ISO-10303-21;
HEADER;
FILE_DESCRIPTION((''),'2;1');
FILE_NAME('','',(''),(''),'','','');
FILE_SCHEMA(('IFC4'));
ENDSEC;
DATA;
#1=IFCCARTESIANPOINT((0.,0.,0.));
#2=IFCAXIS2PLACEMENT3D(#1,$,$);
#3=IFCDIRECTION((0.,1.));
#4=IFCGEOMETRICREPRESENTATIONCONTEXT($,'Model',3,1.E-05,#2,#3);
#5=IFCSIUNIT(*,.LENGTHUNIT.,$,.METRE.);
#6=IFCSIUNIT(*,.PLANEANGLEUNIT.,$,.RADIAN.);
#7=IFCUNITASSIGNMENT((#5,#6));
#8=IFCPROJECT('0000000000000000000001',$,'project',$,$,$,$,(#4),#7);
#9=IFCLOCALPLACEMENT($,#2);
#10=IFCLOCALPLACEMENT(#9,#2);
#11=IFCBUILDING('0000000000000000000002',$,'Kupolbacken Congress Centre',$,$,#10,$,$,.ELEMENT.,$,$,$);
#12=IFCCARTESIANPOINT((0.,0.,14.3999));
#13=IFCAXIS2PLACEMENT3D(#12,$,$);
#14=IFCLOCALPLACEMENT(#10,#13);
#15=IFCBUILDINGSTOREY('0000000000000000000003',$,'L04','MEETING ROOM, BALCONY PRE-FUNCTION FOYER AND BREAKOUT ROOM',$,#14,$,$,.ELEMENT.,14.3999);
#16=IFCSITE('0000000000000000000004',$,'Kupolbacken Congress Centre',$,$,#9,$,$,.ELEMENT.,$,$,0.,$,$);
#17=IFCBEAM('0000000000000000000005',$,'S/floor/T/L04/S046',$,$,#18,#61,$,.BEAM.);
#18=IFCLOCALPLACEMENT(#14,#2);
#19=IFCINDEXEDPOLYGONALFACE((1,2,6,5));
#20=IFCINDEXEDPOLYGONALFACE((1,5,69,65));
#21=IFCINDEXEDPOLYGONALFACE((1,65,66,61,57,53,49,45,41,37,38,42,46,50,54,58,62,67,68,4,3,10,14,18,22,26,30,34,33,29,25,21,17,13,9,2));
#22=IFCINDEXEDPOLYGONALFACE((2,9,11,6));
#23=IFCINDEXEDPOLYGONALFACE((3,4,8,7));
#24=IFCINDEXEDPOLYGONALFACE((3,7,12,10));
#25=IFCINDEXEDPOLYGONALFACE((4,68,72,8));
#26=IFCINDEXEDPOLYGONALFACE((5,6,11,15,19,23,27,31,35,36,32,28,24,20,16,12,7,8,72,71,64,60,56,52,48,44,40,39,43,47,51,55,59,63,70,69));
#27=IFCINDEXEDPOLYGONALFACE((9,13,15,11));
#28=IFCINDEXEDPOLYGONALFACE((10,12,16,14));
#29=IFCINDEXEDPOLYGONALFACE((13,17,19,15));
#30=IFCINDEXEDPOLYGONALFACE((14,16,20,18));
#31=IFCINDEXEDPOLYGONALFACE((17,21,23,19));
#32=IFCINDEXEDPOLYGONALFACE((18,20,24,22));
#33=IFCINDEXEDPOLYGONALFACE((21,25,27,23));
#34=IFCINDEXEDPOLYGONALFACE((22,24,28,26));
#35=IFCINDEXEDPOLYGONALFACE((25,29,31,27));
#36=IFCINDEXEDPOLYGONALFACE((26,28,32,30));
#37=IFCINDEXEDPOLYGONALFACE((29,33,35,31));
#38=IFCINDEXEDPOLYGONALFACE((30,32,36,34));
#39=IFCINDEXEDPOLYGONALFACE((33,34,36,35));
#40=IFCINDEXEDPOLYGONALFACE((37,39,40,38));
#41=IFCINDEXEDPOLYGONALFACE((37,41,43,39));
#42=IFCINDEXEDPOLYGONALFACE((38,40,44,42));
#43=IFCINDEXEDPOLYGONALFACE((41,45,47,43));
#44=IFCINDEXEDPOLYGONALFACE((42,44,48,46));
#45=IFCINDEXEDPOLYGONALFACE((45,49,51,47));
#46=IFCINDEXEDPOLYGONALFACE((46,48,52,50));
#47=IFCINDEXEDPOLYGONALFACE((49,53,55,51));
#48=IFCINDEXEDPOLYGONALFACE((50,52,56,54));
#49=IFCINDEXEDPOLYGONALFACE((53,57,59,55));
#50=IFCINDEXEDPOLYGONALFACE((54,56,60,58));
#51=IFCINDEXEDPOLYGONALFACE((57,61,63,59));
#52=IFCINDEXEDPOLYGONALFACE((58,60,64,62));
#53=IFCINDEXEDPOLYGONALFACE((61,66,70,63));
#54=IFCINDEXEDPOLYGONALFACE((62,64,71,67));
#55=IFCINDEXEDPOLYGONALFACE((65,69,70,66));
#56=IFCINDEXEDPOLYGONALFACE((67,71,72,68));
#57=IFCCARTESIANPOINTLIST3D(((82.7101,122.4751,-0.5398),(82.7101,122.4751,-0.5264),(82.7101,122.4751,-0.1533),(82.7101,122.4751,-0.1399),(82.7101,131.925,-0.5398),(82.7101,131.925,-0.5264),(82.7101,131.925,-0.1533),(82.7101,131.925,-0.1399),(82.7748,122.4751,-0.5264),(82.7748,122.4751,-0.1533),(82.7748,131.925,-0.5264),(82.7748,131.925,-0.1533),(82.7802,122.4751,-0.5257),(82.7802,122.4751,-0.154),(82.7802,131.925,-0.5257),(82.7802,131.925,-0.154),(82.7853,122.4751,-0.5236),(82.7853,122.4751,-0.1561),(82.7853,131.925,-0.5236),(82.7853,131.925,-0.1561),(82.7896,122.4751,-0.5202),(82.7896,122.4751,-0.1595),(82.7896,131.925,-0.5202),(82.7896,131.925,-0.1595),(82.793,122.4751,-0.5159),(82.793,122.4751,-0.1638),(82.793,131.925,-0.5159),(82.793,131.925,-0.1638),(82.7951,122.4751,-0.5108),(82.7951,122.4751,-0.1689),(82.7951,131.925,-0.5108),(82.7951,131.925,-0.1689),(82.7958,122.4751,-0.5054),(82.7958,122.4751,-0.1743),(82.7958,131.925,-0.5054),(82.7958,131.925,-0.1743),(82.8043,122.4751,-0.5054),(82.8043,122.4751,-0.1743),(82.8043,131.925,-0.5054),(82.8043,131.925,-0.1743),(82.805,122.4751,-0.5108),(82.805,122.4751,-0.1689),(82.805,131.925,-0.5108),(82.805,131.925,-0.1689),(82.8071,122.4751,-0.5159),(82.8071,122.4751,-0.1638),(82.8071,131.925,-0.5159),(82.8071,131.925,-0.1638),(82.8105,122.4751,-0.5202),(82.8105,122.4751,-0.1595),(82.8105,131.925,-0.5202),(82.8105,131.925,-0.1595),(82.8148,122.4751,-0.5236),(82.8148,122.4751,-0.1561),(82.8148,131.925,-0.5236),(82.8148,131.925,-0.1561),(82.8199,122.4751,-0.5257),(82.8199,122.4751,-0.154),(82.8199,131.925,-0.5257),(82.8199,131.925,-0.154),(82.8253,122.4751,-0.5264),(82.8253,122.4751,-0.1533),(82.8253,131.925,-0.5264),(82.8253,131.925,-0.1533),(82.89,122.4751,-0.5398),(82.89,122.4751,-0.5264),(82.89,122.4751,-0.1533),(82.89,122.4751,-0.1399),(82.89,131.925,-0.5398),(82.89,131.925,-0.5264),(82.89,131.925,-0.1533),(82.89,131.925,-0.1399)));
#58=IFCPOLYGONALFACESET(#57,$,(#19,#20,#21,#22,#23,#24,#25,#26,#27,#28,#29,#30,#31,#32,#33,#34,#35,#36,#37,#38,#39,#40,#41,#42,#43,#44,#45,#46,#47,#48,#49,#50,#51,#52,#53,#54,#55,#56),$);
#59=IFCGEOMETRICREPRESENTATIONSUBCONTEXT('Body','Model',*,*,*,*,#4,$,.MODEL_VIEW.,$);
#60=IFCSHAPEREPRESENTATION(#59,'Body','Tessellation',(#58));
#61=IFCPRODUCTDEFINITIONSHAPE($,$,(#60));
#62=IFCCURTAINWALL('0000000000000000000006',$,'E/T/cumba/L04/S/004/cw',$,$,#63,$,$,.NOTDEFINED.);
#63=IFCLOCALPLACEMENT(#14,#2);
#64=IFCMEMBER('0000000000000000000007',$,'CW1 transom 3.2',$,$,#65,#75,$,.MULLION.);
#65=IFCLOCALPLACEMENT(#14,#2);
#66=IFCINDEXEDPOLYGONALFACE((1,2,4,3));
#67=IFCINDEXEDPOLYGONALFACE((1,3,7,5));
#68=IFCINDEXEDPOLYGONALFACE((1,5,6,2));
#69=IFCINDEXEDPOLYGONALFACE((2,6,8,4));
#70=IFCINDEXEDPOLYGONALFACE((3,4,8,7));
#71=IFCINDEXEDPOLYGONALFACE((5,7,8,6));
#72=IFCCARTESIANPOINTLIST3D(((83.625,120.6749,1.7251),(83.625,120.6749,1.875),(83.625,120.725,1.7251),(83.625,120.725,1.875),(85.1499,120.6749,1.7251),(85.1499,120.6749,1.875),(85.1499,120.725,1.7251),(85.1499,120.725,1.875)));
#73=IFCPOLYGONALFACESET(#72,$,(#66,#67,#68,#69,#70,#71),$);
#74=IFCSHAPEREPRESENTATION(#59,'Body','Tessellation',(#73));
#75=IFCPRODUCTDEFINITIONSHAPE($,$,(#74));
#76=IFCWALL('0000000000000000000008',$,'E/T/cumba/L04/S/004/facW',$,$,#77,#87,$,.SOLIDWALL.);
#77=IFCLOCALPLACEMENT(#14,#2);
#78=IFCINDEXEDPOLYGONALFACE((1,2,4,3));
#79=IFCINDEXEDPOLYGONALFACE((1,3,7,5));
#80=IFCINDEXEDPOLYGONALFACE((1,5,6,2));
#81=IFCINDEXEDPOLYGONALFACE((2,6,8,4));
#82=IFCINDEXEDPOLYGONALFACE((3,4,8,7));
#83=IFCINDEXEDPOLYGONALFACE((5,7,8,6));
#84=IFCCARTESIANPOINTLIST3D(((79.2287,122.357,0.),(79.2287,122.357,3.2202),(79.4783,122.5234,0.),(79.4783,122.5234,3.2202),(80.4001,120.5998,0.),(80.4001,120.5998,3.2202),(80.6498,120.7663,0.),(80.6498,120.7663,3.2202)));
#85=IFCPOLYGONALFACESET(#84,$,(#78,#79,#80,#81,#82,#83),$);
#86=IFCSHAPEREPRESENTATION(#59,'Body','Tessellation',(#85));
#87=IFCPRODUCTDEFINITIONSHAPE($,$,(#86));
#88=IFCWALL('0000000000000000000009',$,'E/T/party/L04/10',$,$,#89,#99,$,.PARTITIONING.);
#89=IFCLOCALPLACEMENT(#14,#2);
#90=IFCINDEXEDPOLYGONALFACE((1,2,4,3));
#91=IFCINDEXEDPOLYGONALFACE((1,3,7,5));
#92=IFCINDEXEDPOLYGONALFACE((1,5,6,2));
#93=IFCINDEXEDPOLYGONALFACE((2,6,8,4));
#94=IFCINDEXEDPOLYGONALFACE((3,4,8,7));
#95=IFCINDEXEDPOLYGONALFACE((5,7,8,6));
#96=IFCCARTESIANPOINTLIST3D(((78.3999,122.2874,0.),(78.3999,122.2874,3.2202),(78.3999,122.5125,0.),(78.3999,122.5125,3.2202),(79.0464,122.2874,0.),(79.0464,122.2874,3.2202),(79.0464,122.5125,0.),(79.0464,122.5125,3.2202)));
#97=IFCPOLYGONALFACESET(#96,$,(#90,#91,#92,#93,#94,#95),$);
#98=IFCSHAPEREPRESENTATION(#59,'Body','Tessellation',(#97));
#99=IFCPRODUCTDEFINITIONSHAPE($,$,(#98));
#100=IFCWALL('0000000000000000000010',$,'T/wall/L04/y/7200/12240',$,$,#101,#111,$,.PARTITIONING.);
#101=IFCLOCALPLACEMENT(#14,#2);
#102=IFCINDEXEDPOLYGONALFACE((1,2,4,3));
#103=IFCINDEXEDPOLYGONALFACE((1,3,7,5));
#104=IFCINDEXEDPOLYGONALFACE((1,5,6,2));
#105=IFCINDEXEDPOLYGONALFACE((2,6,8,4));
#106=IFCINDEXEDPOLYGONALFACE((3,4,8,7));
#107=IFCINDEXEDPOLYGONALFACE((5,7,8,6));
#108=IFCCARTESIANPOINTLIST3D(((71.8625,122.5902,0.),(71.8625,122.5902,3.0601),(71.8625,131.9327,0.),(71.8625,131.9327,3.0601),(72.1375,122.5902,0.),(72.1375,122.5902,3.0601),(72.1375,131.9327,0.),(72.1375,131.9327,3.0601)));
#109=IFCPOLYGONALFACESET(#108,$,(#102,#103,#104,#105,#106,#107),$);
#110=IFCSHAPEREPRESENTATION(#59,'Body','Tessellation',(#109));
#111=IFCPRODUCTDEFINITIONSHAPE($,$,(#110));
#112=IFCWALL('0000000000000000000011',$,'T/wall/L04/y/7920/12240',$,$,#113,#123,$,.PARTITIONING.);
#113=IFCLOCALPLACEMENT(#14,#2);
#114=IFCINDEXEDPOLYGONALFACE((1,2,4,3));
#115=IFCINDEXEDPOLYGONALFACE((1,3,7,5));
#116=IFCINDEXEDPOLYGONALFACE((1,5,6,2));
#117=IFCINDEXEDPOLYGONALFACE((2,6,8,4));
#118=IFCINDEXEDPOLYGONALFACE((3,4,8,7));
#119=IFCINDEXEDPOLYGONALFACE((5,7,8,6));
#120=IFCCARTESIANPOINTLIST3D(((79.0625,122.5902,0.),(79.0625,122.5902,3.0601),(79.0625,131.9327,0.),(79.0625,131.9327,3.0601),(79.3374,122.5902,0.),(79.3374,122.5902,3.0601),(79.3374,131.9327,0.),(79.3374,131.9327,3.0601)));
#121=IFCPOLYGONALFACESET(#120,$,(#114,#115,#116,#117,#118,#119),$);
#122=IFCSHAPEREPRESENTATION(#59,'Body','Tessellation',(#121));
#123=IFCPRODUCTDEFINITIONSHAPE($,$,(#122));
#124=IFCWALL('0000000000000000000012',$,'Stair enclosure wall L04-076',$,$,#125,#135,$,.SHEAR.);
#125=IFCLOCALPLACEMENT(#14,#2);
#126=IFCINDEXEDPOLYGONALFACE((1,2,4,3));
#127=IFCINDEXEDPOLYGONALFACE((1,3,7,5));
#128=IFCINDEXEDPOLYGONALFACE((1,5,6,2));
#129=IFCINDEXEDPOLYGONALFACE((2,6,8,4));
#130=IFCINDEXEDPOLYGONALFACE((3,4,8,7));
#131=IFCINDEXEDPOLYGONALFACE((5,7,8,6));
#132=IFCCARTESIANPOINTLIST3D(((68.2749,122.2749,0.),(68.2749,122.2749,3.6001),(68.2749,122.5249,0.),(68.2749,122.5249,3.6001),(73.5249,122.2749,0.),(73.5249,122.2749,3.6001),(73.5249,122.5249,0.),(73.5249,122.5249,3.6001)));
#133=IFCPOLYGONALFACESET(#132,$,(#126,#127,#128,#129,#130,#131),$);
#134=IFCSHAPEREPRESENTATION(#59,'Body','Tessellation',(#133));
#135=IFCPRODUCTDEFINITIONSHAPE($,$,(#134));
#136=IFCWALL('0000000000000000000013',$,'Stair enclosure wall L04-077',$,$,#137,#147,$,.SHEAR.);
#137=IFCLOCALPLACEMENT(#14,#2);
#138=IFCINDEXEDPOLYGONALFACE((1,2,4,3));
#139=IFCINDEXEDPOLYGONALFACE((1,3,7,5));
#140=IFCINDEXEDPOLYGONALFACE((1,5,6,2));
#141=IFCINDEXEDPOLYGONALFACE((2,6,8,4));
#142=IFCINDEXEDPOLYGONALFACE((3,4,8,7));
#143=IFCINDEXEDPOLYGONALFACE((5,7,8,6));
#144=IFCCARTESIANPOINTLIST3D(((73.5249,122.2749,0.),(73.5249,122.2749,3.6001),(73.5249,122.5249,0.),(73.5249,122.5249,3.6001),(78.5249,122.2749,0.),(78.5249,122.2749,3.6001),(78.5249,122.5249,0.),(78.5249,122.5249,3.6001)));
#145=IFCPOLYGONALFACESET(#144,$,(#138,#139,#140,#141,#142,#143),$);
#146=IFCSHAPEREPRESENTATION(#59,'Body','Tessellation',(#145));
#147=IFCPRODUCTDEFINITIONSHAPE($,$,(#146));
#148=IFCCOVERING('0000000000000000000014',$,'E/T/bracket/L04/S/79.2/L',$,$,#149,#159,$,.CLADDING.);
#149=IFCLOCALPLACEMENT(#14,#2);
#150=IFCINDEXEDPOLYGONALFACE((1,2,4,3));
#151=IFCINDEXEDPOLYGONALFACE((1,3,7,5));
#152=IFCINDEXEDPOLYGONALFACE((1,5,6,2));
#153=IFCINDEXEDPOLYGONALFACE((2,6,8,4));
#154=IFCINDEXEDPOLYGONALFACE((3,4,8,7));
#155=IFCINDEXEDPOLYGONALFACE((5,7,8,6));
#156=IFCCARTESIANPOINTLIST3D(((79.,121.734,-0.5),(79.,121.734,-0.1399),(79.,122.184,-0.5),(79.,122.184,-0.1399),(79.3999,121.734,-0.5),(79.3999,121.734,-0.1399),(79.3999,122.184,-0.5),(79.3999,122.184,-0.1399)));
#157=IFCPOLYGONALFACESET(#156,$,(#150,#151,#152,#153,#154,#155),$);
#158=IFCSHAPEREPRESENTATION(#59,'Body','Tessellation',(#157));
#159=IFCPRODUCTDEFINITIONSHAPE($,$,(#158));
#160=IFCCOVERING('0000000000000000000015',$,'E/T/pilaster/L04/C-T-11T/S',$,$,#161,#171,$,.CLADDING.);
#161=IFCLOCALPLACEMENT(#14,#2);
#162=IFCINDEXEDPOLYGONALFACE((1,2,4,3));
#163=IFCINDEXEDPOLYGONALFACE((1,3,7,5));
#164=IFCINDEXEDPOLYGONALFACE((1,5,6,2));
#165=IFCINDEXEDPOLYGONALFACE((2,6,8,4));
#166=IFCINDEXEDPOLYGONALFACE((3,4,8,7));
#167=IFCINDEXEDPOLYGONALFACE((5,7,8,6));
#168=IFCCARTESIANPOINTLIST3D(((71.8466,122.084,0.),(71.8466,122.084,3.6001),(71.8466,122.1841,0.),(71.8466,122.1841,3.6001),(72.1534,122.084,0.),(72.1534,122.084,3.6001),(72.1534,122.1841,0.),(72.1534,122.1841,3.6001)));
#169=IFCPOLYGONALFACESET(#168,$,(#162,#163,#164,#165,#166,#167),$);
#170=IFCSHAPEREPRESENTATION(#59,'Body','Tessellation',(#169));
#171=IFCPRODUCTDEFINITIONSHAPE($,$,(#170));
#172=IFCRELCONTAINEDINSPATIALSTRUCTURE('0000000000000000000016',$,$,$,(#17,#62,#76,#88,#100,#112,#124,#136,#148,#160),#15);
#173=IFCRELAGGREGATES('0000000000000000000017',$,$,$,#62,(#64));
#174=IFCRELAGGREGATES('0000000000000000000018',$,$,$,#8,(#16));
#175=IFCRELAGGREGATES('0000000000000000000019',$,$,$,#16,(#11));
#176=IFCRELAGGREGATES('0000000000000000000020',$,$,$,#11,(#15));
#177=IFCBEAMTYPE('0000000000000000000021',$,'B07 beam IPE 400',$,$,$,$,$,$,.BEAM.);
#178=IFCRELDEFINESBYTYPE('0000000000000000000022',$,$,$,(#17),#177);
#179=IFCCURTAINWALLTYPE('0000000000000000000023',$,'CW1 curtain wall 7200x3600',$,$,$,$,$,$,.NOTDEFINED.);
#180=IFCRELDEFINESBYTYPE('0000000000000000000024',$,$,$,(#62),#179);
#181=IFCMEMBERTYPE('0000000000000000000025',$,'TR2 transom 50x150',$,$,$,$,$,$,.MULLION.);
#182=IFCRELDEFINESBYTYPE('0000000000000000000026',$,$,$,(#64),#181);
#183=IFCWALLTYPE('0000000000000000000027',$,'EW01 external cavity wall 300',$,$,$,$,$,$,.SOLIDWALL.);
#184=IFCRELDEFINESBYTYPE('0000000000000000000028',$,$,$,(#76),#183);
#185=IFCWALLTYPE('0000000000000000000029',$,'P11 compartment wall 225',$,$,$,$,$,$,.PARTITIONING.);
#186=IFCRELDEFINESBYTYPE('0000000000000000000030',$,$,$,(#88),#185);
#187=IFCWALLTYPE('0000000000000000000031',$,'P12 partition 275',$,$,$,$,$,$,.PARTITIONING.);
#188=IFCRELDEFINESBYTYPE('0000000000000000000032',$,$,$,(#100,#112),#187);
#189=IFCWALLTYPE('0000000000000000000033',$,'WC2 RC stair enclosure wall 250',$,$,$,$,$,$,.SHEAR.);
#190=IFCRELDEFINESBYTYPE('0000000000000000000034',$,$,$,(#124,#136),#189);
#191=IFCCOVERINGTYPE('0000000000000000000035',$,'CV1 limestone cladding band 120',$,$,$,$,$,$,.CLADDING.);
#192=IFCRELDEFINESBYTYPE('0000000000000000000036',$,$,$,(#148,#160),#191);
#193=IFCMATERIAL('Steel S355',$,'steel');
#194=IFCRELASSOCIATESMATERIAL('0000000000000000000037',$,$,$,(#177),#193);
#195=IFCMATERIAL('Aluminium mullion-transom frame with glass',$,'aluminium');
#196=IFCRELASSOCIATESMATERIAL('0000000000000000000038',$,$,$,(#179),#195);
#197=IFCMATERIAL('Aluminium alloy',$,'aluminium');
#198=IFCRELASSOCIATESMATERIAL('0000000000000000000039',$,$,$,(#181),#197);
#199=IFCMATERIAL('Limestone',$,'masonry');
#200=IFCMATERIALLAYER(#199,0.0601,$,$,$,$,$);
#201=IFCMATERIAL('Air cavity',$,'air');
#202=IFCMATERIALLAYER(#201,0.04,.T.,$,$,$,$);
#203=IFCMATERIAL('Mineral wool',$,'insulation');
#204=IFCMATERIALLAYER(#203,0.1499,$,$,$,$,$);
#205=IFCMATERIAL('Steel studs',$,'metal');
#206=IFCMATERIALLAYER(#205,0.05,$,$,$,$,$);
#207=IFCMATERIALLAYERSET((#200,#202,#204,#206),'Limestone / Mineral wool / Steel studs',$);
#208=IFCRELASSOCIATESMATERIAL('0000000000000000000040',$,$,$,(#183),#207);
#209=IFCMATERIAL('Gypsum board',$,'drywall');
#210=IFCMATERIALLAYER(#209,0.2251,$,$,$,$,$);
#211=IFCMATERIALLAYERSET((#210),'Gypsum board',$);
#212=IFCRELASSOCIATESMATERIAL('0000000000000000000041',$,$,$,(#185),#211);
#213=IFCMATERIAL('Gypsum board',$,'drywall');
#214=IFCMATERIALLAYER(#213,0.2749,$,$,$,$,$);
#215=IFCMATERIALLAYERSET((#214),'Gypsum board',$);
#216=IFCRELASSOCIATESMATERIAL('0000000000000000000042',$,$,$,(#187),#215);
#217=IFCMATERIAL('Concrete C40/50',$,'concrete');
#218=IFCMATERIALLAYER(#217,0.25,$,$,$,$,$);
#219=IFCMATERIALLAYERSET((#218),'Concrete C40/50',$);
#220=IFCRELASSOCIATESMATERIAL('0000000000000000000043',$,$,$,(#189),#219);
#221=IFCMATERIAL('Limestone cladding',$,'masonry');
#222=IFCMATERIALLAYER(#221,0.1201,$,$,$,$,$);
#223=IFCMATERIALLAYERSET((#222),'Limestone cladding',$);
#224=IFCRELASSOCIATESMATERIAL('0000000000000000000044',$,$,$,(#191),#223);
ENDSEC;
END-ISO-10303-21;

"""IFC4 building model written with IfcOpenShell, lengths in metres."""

from ifc_helpers import new_model, si_unit, direction, frame, frame_2d, origin, origin_2d, place, context, subcontext, project, spatial, rectangle, i_section, extrude, material, layer, layer_set, material_profile, profile_set, type_object, element, aggregate, save


model = new_model("IFC4")

# Units and contexts
model_context = context("Model", 3, precision=1e-05, world=origin(), true_north=direction((0.0, 1.0)))
body_context = subcontext(model_context, "Body", "Model", "MODEL_VIEW")
ifc_project = project(units=[si_unit("LENGTHUNIT", "METRE"), si_unit("PLANEANGLEUNIT", "RADIAN")], contexts=[model_context])

# Site, building, storey
site_placement = place(None, origin())
site = spatial("IfcSite", under=ifc_project, at=site_placement, Name="Kupolbacken Congress Centre", CompositionType="ELEMENT", RefElevation=0.0)
building_placement = place(site_placement, origin())
building = spatial("IfcBuilding", under=site, at=building_placement, Name="Kupolbacken Congress Centre", CompositionType="ELEMENT")
storey_placement = place(building_placement, frame((0.0, 0.0, 14.3999)))
storey = spatial("IfcBuildingStorey", under=building, at=storey_placement, Name="L04", Description="MEETING ROOM, BALCONY PRE-FUNCTION FOYER AND BREAKOUT ROOM", CompositionType="ELEMENT", Elevation=14.3999)

# Beam
ifc_material_1 = material(Name="Steel S355", Category="steel")
ifc_material_profile_1 = material_profile(ifc_material_1, i_section(OverallWidth=0.1799, OverallDepth=0.3999, WebThickness=0.0085, FlangeThickness=0.0134, FilletRadius=0.021, at=origin_2d()), Name="IPE 400")
ifc_profile_set_1 = profile_set([ifc_material_profile_1], Name="Steel S355")
beam_type_1 = type_object("IfcBeamType", Name="B07 beam IPE 400", PredefinedType="BEAM", material=ifc_profile_set_1)
beam_1_placement = place(storey_placement, frame((82.8, 122.4751, -0.3398), z_axis=(0.0, 1.0, 0.0), x_axis=(-1.0, 0.0, 0.0)))
element("IfcBeam", 1, at=beam_1_placement, inside=storey, type_object=beam_type_1, Name="S/floor/T/L04/S046", PredefinedType="BEAM", context=body_context, shape_type="SweptSolid", body=[
    extrude(i_section(OverallWidth=0.1799, OverallDepth=0.3999, WebThickness=0.0085, FlangeThickness=0.0134, FilletRadius=0.021, at=origin_2d()), origin(), (0.0, 0.0, 1.0), 9.45),
])

# Curtain wall, member
ifc_material_2 = material(Name="Aluminium mullion-transom frame with glass", Category="aluminium")
curtain_wall_type = type_object("IfcCurtainWallType", Name="CW1 curtain wall 7200x3600", PredefinedType="NOTDEFINED", material=ifc_material_2)
curtain_wall_placement = place(storey_placement, origin())
curtain_wall = element("IfcCurtainWall", 2, at=curtain_wall_placement, inside=storey, type_object=curtain_wall_type, Name="E/T/cumba/L04/S/004/cw", PredefinedType="NOTDEFINED")
ifc_material_3 = material(Name="Aluminium alloy", Category="aluminium")
ifc_material_profile_2 = material_profile(ifc_material_3, rectangle(XDim=0.05, YDim=0.1499, at=origin_2d()), Name="50 x 150")
ifc_profile_set_2 = profile_set([ifc_material_profile_2], Name="Aluminium alloy")
member_type = type_object("IfcMemberType", Name="TR2 transom 50x150", PredefinedType="MULLION", material=ifc_profile_set_2)
member_placement = place(storey_placement, frame((83.625, 120.7, 1.8), z_axis=(1.0, 0.0, 0.0), x_axis=(0.0, 1.0, 0.0)))
member = element("IfcMember", 3, at=member_placement, type_object=member_type, Name="CW1 transom 3.2", PredefinedType="MULLION", context=body_context, shape_type="SweptSolid", body=[
    extrude(rectangle(XDim=0.05, YDim=0.1499, at=origin_2d()), origin(), (0.0, 0.0, 1.0), 1.5249),
])
aggregate(curtain_wall, [member])

# Walls
ifc_material_4 = material(Name="Limestone", Category="masonry")
ifc_layer_1 = layer(ifc_material_4, 0.0601)
ifc_material_5 = material(Name="Air cavity", Category="air")
ifc_layer_2 = layer(ifc_material_5, 0.04, ventilated=True)
ifc_material_6 = material(Name="Mineral wool", Category="insulation")
ifc_layer_3 = layer(ifc_material_6, 0.1499)
ifc_material_7 = material(Name="Steel studs", Category="metal")
ifc_layer_4 = layer(ifc_material_7, 0.05)
ifc_layer_set_1 = layer_set([ifc_layer_1, ifc_layer_2, ifc_layer_3, ifc_layer_4], Name="Limestone / Mineral wool / Steel studs")
wall_type_1 = type_object("IfcWallType", Name="EW01 external cavity wall 300", PredefinedType="SOLIDWALL", material=ifc_layer_set_1)
wall_1_placement = place(storey_placement, frame((79.3535, 122.4402, 0.0), z_axis=(0.0, 0.0, 1.0), x_axis=(0.5547, -0.83205, 0.0)))
element("IfcWall", 4, at=wall_1_placement, inside=storey, type_object=wall_type_1, Name="E/T/cumba/L04/S/004/facW", PredefinedType="SOLIDWALL", context=body_context, shape_type="SweptSolid", body=[
    extrude(rectangle(XDim=2.1118, YDim=0.3, at=frame_2d((1.0559, 0.0))), origin(), (0.0, 0.0, 1.0), 3.2202),
])
ifc_material_8 = material(Name="Gypsum board", Category="drywall")
ifc_layer_5 = layer(ifc_material_8, 0.2251)
ifc_layer_set_2 = layer_set([ifc_layer_5], Name="Gypsum board")
wall_type_2 = type_object("IfcWallType", Name="P11 compartment wall 225", PredefinedType="PARTITIONING", material=ifc_layer_set_2)
wall_2_placement = place(storey_placement, frame((78.3999, 122.3999, 0.0), z_axis=(0.0, 0.0, 1.0), x_axis=(1.0, 0.0, 0.0)))
element("IfcWall", 5, at=wall_2_placement, inside=storey, type_object=wall_type_2, Name="E/T/party/L04/10", PredefinedType="PARTITIONING", context=body_context, shape_type="SweptSolid", body=[
    extrude(rectangle(XDim=0.6465, YDim=0.2251, at=frame_2d((0.3232, 0.0))), origin(), (0.0, 0.0, 1.0), 3.2202),
])
ifc_material_9 = material(Name="Gypsum board", Category="drywall")
ifc_layer_6 = layer(ifc_material_9, 0.2749)
ifc_layer_set_3 = layer_set([ifc_layer_6], Name="Gypsum board")
wall_type_3 = type_object("IfcWallType", Name="P12 partition 275", PredefinedType="PARTITIONING", material=ifc_layer_set_3)
for number, where, z_axis, x_axis, name in (
    (6, (72.0, 122.5901, 0.0), (0.0, 0.0, 1.0), (0.0, 1.0, 0.0), "T/wall/L04/y/7200/12240"),
    (7, (79.2, 122.5901, 0.0), (0.0, 0.0, 1.0), (0.0, 1.0, 0.0), "T/wall/L04/y/7920/12240"),
):
    element("IfcWall", number, at=place(storey_placement, frame(where, z_axis=z_axis, x_axis=x_axis)), inside=storey, type_object=wall_type_3, Name=name, PredefinedType="PARTITIONING", context=body_context, shape_type="SweptSolid", body=[
        extrude(rectangle(XDim=9.3425, YDim=0.2749, at=frame_2d((4.6714, 0.0))), origin(), (0.0, 0.0, 1.0), 3.0601),
    ])
ifc_material_10 = material(Name="Concrete C40/50", Category="concrete")
ifc_layer_7 = layer(ifc_material_10, 0.25)
ifc_layer_set_4 = layer_set([ifc_layer_7], Name="Concrete C40/50")
wall_type_4 = type_object("IfcWallType", Name="WC2 RC stair enclosure wall 250", PredefinedType="SHEAR", material=ifc_layer_set_4)
wall_3_placement = place(storey_placement, frame((73.5249, 122.3999, 0.0), z_axis=(0.0, 0.0, 1.0), x_axis=(-1.0, 0.0, 0.0)))
element("IfcWall", 8, at=wall_3_placement, inside=storey, type_object=wall_type_4, Name="Stair enclosure wall L04-076", PredefinedType="SHEAR", context=body_context, shape_type="SweptSolid", body=[
    extrude(rectangle(XDim=5.25, YDim=0.25, at=frame_2d((2.625, 0.0))), origin(), (0.0, 0.0, 1.0), 3.6001),
])
wall_4_placement = place(storey_placement, frame((78.5249, 122.3999, 0.0), z_axis=(0.0, 0.0, 1.0), x_axis=(-1.0, 0.0, 0.0)))
element("IfcWall", 9, at=wall_4_placement, inside=storey, type_object=wall_type_4, Name="Stair enclosure wall L04-077", PredefinedType="SHEAR", context=body_context, shape_type="SweptSolid", body=[
    extrude(rectangle(XDim=5.0, YDim=0.25, at=frame_2d((2.5, 0.0))), origin(), (0.0, 0.0, 1.0), 3.6001),
])

# Coverings
ifc_material_11 = material(Name="Limestone cladding", Category="masonry")
ifc_layer_8 = layer(ifc_material_11, 0.1201)
ifc_layer_set_5 = layer_set([ifc_layer_8], Name="Limestone cladding")
covering_type = type_object("IfcCoveringType", Name="CV1 limestone cladding band 120", PredefinedType="CLADDING", material=ifc_layer_set_5)
covering_1_placement = place(storey_placement, frame((79.2, 121.959, -0.5), z_axis=(0.0, 0.0, 1.0), x_axis=(1.0, 0.0, 0.0)))
element("IfcCovering", 10, at=covering_1_placement, inside=storey, type_object=covering_type, Name="E/T/bracket/L04/S/79.2/L", PredefinedType="CLADDING", context=body_context, shape_type="SweptSolid", body=[
    extrude(rectangle(XDim=0.3999, YDim=0.45, at=origin_2d()), origin(), (0.0, 0.0, 1.0), 0.3601),
])
covering_2_placement = place(storey_placement, frame((72.0, 122.134, 0.0), z_axis=(0.0, 0.0, 1.0), x_axis=(1.0, 0.0, 0.0)))
element("IfcCovering", 11, at=covering_2_placement, inside=storey, type_object=covering_type, Name="E/T/pilaster/L04/C-T-11T/S", PredefinedType="CLADDING", context=body_context, shape_type="SweptSolid", body=[
    extrude(rectangle(XDim=0.3069, YDim=0.1001, at=origin_2d()), origin(), (0.0, 0.0, 1.0), 3.6001),
])

save(model, "model.ifc")
